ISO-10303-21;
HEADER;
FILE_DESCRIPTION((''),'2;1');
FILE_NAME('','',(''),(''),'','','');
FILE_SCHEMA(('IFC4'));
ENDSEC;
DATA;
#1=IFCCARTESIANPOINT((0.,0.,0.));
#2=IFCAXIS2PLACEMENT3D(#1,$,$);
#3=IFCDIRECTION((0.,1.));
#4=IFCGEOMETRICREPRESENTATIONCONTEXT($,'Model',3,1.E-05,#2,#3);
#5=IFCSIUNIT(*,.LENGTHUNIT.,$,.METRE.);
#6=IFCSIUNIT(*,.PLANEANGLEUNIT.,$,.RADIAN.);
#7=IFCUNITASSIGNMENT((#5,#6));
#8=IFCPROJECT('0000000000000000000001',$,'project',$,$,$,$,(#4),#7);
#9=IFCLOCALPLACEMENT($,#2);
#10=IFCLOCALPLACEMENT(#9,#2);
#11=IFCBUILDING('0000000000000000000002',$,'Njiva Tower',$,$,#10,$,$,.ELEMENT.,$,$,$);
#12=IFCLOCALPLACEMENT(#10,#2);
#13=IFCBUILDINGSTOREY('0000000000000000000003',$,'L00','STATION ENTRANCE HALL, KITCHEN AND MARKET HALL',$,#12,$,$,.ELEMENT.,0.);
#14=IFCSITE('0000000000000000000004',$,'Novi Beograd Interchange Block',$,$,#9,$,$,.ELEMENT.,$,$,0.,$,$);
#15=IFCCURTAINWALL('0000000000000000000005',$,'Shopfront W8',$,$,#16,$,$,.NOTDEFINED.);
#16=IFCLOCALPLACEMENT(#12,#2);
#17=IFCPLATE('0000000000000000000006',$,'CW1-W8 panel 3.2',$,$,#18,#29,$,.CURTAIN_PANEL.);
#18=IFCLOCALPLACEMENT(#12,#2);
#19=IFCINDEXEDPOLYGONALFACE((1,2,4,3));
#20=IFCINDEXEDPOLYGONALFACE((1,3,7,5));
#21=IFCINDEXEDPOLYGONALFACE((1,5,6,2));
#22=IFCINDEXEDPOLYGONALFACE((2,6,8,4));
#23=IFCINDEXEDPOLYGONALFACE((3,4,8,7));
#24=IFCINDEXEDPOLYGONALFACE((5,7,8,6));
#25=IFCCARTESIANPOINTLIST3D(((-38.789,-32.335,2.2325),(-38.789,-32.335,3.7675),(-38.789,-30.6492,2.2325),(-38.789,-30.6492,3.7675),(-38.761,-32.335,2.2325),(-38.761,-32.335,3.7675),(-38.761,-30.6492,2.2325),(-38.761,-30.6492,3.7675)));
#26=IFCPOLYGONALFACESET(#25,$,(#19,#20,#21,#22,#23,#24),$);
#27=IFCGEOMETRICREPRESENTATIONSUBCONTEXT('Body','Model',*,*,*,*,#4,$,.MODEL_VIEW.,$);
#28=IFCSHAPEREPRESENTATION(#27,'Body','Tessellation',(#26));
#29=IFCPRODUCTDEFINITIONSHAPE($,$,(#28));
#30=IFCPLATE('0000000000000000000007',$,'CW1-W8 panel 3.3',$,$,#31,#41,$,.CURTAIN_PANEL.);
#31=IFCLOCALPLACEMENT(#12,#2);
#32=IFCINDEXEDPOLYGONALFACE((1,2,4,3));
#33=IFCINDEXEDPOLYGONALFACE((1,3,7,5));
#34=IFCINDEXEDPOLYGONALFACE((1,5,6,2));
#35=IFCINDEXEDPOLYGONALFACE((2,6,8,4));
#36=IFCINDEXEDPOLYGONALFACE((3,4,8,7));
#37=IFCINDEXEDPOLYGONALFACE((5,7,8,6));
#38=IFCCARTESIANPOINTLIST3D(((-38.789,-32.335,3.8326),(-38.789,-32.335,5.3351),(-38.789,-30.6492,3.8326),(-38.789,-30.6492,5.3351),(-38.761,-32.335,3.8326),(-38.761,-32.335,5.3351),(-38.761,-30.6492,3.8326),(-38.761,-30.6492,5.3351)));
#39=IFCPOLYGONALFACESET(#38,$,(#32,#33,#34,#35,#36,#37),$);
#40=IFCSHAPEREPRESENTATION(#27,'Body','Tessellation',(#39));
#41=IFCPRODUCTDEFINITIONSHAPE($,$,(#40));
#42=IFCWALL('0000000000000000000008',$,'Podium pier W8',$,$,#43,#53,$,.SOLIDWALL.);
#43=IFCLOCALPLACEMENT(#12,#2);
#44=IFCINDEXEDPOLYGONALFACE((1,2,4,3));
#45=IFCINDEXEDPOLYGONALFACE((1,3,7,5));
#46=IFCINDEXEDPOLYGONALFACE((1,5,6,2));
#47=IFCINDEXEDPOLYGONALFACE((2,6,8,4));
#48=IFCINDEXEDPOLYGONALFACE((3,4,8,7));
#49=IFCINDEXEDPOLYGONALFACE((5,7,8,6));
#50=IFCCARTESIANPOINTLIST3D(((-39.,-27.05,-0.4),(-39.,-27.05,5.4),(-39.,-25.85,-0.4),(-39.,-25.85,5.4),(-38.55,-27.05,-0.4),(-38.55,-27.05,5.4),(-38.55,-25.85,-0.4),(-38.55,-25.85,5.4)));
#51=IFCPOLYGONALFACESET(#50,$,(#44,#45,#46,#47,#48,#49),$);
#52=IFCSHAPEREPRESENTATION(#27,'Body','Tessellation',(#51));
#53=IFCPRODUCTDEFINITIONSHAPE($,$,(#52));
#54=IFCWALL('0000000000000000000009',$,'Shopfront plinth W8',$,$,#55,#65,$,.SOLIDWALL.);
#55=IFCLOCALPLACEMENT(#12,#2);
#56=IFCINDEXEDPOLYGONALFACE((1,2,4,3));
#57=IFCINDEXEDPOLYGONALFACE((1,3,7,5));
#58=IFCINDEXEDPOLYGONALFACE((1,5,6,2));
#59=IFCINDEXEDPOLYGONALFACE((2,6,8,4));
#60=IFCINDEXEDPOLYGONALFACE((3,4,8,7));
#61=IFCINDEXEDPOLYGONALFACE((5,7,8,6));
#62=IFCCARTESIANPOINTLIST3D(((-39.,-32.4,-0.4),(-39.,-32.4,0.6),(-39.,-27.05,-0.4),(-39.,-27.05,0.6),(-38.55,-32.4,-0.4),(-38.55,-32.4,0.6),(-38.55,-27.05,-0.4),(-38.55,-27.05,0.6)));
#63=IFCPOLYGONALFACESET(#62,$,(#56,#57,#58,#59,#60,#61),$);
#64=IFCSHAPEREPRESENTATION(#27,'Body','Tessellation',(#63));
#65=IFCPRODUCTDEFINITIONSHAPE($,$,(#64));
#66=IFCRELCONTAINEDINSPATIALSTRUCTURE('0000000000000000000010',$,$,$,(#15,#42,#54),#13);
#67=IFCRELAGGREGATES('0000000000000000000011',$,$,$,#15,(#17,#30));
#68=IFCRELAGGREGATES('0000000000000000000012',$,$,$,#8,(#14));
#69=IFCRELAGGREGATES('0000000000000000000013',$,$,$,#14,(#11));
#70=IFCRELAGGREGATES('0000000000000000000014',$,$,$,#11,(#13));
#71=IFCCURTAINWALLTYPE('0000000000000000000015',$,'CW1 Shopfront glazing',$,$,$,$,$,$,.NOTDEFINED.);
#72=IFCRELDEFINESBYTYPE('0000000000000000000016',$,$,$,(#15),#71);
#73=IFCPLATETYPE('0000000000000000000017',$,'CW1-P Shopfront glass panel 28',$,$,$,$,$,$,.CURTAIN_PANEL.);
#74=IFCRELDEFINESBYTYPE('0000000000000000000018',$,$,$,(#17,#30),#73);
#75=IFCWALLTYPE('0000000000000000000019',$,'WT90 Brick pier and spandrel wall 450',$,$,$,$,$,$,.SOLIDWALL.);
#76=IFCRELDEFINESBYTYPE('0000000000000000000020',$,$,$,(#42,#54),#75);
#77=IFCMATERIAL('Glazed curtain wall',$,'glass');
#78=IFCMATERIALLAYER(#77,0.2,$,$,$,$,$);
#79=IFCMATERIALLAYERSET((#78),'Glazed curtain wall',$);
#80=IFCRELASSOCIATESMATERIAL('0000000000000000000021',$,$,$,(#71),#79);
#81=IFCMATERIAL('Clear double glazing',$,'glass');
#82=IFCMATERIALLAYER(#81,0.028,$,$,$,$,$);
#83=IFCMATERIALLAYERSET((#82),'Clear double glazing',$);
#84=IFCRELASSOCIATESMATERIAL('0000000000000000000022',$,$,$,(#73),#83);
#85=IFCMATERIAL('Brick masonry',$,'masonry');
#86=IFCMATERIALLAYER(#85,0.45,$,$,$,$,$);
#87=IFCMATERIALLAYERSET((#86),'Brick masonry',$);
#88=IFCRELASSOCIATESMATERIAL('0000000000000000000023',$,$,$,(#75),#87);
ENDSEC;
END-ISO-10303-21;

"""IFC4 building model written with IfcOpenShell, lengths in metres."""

from ifc_helpers import new_model, si_unit, direction, frame, origin, origin_2d, place, context, subcontext, project, spatial, polyline, rectangle, outline, extrude, material, layer, layer_set, type_object, element, aggregate, save


model = new_model("IFC4")

# Units and contexts
model_context = context("Model", 3, precision=1e-05, world=origin(), true_north=direction((0.0, 1.0)))
body_context = subcontext(model_context, "Body", "Model", "MODEL_VIEW")
ifc_project = project(units=[si_unit("LENGTHUNIT", "METRE"), si_unit("PLANEANGLEUNIT", "RADIAN")], contexts=[model_context])

# Site, building, storey
site_placement = place(None, origin())
site = spatial("IfcSite", under=ifc_project, at=site_placement, Name="Novi Beograd Interchange Block", CompositionType="ELEMENT", RefElevation=0.0)
building_placement = place(site_placement, origin())
building = spatial("IfcBuilding", under=site, at=building_placement, Name="Njiva Tower", CompositionType="ELEMENT")
storey_placement = place(building_placement, origin())
storey = spatial("IfcBuildingStorey", under=building, at=storey_placement, Name="L00", Description="STATION ENTRANCE HALL, KITCHEN AND MARKET HALL", CompositionType="ELEMENT", Elevation=0.0)

# Shared definitions
ifc_material_1 = material(Name="Glazed curtain wall", Category="glass")
ifc_layer_1 = layer(ifc_material_1, 0.2)
ifc_layer_set_1 = layer_set([ifc_layer_1], Name="Glazed curtain wall")
curtain_wall_type = type_object("IfcCurtainWallType", Name="CW1 Shopfront glazing", PredefinedType="NOTDEFINED", material=ifc_layer_set_1)

# Curtain wall
curtain_wall_1_placement = place(storey_placement, origin())
curtain_wall_1 = element("IfcCurtainWall", 1, at=curtain_wall_1_placement, inside=storey, type_object=curtain_wall_type, Name="Shopfront W8", PredefinedType="NOTDEFINED")

# Plates
ifc_material_2 = material(Name="Clear double glazing", Category="glass")
ifc_layer_2 = layer(ifc_material_2, 0.028)
ifc_layer_set_2 = layer_set([ifc_layer_2], Name="Clear double glazing")
plate_type = type_object("IfcPlateType", Name="CW1-P Shopfront glass panel 28", PredefinedType="CURTAIN_PANEL", material=ifc_layer_set_2)
plate_1_placement = place(storey_placement, frame((-38.775, -31.4921, 2.2325), z_axis=(0.0, 0.0, 1.0), x_axis=(0.0, -1.0, 0.0)))
plate_1 = element("IfcPlate", 2, at=plate_1_placement, type_object=plate_type, Name="CW1-W8 panel 3.2", PredefinedType="CURTAIN_PANEL", context=body_context, shape_type="SweptSolid", body=[
    extrude(rectangle(XDim=1.6858, YDim=0.028, at=origin_2d()), origin(), (0.0, 0.0, 1.0), 1.535),
])
plate_2_placement = place(storey_placement, frame((-38.775, -31.4921, 3.8326), z_axis=(0.0, 0.0, 1.0), x_axis=(0.0, -1.0, 0.0)))
plate_2 = element("IfcPlate", 3, at=plate_2_placement, type_object=plate_type, Name="CW1-W8 panel 3.3", PredefinedType="CURTAIN_PANEL", context=body_context, shape_type="SweptSolid", body=[
    extrude(rectangle(XDim=1.6858, YDim=0.028, at=origin_2d()), origin(), (0.0, 0.0, 1.0), 1.5025),
])
aggregate(curtain_wall_1, [plate_1, plate_2])

# Walls
ifc_material_3 = material(Name="Brick masonry", Category="masonry")
ifc_layer_3 = layer(ifc_material_3, 0.45)
ifc_layer_set_3 = layer_set([ifc_layer_3], Name="Brick masonry")
wall_type = type_object("IfcWallType", Name="WT90 Brick pier and spandrel wall 450", PredefinedType="SOLIDWALL", material=ifc_layer_set_3)
wall_1_placement = place(storey_placement, frame((-38.775, -25.85, -0.4), z_axis=(0.0, 0.0, 1.0), x_axis=(0.0, -1.0, 0.0)))
element("IfcWall", 4, at=wall_1_placement, inside=storey, type_object=wall_type, Name="Podium pier W8", PredefinedType="SOLIDWALL", context=body_context, shape_type="SweptSolid", body=[
    extrude(outline(polyline([(0.0, -0.225), (1.2, -0.225), (1.2, 0.225), (0.0, 0.225), (0.0, -0.225)])), origin(), (0.0, 0.0, 1.0), 5.8),
])
wall_2_placement = place(storey_placement, frame((-38.775, -27.05, -0.4), z_axis=(0.0, 0.0, 1.0), x_axis=(0.0, -1.0, 0.0)))
element("IfcWall", 5, at=wall_2_placement, inside=storey, type_object=wall_type, Name="Shopfront plinth W8", PredefinedType="SOLIDWALL", context=body_context, shape_type="SweptSolid", body=[
    extrude(outline(polyline([(0.0, -0.225), (5.35, -0.225), (5.35, 0.225), (0.0, 0.225), (0.0, -0.225)])), origin(), (0.0, 0.0, 1.0), 1.0),
])

save(model, "model.ifc")
